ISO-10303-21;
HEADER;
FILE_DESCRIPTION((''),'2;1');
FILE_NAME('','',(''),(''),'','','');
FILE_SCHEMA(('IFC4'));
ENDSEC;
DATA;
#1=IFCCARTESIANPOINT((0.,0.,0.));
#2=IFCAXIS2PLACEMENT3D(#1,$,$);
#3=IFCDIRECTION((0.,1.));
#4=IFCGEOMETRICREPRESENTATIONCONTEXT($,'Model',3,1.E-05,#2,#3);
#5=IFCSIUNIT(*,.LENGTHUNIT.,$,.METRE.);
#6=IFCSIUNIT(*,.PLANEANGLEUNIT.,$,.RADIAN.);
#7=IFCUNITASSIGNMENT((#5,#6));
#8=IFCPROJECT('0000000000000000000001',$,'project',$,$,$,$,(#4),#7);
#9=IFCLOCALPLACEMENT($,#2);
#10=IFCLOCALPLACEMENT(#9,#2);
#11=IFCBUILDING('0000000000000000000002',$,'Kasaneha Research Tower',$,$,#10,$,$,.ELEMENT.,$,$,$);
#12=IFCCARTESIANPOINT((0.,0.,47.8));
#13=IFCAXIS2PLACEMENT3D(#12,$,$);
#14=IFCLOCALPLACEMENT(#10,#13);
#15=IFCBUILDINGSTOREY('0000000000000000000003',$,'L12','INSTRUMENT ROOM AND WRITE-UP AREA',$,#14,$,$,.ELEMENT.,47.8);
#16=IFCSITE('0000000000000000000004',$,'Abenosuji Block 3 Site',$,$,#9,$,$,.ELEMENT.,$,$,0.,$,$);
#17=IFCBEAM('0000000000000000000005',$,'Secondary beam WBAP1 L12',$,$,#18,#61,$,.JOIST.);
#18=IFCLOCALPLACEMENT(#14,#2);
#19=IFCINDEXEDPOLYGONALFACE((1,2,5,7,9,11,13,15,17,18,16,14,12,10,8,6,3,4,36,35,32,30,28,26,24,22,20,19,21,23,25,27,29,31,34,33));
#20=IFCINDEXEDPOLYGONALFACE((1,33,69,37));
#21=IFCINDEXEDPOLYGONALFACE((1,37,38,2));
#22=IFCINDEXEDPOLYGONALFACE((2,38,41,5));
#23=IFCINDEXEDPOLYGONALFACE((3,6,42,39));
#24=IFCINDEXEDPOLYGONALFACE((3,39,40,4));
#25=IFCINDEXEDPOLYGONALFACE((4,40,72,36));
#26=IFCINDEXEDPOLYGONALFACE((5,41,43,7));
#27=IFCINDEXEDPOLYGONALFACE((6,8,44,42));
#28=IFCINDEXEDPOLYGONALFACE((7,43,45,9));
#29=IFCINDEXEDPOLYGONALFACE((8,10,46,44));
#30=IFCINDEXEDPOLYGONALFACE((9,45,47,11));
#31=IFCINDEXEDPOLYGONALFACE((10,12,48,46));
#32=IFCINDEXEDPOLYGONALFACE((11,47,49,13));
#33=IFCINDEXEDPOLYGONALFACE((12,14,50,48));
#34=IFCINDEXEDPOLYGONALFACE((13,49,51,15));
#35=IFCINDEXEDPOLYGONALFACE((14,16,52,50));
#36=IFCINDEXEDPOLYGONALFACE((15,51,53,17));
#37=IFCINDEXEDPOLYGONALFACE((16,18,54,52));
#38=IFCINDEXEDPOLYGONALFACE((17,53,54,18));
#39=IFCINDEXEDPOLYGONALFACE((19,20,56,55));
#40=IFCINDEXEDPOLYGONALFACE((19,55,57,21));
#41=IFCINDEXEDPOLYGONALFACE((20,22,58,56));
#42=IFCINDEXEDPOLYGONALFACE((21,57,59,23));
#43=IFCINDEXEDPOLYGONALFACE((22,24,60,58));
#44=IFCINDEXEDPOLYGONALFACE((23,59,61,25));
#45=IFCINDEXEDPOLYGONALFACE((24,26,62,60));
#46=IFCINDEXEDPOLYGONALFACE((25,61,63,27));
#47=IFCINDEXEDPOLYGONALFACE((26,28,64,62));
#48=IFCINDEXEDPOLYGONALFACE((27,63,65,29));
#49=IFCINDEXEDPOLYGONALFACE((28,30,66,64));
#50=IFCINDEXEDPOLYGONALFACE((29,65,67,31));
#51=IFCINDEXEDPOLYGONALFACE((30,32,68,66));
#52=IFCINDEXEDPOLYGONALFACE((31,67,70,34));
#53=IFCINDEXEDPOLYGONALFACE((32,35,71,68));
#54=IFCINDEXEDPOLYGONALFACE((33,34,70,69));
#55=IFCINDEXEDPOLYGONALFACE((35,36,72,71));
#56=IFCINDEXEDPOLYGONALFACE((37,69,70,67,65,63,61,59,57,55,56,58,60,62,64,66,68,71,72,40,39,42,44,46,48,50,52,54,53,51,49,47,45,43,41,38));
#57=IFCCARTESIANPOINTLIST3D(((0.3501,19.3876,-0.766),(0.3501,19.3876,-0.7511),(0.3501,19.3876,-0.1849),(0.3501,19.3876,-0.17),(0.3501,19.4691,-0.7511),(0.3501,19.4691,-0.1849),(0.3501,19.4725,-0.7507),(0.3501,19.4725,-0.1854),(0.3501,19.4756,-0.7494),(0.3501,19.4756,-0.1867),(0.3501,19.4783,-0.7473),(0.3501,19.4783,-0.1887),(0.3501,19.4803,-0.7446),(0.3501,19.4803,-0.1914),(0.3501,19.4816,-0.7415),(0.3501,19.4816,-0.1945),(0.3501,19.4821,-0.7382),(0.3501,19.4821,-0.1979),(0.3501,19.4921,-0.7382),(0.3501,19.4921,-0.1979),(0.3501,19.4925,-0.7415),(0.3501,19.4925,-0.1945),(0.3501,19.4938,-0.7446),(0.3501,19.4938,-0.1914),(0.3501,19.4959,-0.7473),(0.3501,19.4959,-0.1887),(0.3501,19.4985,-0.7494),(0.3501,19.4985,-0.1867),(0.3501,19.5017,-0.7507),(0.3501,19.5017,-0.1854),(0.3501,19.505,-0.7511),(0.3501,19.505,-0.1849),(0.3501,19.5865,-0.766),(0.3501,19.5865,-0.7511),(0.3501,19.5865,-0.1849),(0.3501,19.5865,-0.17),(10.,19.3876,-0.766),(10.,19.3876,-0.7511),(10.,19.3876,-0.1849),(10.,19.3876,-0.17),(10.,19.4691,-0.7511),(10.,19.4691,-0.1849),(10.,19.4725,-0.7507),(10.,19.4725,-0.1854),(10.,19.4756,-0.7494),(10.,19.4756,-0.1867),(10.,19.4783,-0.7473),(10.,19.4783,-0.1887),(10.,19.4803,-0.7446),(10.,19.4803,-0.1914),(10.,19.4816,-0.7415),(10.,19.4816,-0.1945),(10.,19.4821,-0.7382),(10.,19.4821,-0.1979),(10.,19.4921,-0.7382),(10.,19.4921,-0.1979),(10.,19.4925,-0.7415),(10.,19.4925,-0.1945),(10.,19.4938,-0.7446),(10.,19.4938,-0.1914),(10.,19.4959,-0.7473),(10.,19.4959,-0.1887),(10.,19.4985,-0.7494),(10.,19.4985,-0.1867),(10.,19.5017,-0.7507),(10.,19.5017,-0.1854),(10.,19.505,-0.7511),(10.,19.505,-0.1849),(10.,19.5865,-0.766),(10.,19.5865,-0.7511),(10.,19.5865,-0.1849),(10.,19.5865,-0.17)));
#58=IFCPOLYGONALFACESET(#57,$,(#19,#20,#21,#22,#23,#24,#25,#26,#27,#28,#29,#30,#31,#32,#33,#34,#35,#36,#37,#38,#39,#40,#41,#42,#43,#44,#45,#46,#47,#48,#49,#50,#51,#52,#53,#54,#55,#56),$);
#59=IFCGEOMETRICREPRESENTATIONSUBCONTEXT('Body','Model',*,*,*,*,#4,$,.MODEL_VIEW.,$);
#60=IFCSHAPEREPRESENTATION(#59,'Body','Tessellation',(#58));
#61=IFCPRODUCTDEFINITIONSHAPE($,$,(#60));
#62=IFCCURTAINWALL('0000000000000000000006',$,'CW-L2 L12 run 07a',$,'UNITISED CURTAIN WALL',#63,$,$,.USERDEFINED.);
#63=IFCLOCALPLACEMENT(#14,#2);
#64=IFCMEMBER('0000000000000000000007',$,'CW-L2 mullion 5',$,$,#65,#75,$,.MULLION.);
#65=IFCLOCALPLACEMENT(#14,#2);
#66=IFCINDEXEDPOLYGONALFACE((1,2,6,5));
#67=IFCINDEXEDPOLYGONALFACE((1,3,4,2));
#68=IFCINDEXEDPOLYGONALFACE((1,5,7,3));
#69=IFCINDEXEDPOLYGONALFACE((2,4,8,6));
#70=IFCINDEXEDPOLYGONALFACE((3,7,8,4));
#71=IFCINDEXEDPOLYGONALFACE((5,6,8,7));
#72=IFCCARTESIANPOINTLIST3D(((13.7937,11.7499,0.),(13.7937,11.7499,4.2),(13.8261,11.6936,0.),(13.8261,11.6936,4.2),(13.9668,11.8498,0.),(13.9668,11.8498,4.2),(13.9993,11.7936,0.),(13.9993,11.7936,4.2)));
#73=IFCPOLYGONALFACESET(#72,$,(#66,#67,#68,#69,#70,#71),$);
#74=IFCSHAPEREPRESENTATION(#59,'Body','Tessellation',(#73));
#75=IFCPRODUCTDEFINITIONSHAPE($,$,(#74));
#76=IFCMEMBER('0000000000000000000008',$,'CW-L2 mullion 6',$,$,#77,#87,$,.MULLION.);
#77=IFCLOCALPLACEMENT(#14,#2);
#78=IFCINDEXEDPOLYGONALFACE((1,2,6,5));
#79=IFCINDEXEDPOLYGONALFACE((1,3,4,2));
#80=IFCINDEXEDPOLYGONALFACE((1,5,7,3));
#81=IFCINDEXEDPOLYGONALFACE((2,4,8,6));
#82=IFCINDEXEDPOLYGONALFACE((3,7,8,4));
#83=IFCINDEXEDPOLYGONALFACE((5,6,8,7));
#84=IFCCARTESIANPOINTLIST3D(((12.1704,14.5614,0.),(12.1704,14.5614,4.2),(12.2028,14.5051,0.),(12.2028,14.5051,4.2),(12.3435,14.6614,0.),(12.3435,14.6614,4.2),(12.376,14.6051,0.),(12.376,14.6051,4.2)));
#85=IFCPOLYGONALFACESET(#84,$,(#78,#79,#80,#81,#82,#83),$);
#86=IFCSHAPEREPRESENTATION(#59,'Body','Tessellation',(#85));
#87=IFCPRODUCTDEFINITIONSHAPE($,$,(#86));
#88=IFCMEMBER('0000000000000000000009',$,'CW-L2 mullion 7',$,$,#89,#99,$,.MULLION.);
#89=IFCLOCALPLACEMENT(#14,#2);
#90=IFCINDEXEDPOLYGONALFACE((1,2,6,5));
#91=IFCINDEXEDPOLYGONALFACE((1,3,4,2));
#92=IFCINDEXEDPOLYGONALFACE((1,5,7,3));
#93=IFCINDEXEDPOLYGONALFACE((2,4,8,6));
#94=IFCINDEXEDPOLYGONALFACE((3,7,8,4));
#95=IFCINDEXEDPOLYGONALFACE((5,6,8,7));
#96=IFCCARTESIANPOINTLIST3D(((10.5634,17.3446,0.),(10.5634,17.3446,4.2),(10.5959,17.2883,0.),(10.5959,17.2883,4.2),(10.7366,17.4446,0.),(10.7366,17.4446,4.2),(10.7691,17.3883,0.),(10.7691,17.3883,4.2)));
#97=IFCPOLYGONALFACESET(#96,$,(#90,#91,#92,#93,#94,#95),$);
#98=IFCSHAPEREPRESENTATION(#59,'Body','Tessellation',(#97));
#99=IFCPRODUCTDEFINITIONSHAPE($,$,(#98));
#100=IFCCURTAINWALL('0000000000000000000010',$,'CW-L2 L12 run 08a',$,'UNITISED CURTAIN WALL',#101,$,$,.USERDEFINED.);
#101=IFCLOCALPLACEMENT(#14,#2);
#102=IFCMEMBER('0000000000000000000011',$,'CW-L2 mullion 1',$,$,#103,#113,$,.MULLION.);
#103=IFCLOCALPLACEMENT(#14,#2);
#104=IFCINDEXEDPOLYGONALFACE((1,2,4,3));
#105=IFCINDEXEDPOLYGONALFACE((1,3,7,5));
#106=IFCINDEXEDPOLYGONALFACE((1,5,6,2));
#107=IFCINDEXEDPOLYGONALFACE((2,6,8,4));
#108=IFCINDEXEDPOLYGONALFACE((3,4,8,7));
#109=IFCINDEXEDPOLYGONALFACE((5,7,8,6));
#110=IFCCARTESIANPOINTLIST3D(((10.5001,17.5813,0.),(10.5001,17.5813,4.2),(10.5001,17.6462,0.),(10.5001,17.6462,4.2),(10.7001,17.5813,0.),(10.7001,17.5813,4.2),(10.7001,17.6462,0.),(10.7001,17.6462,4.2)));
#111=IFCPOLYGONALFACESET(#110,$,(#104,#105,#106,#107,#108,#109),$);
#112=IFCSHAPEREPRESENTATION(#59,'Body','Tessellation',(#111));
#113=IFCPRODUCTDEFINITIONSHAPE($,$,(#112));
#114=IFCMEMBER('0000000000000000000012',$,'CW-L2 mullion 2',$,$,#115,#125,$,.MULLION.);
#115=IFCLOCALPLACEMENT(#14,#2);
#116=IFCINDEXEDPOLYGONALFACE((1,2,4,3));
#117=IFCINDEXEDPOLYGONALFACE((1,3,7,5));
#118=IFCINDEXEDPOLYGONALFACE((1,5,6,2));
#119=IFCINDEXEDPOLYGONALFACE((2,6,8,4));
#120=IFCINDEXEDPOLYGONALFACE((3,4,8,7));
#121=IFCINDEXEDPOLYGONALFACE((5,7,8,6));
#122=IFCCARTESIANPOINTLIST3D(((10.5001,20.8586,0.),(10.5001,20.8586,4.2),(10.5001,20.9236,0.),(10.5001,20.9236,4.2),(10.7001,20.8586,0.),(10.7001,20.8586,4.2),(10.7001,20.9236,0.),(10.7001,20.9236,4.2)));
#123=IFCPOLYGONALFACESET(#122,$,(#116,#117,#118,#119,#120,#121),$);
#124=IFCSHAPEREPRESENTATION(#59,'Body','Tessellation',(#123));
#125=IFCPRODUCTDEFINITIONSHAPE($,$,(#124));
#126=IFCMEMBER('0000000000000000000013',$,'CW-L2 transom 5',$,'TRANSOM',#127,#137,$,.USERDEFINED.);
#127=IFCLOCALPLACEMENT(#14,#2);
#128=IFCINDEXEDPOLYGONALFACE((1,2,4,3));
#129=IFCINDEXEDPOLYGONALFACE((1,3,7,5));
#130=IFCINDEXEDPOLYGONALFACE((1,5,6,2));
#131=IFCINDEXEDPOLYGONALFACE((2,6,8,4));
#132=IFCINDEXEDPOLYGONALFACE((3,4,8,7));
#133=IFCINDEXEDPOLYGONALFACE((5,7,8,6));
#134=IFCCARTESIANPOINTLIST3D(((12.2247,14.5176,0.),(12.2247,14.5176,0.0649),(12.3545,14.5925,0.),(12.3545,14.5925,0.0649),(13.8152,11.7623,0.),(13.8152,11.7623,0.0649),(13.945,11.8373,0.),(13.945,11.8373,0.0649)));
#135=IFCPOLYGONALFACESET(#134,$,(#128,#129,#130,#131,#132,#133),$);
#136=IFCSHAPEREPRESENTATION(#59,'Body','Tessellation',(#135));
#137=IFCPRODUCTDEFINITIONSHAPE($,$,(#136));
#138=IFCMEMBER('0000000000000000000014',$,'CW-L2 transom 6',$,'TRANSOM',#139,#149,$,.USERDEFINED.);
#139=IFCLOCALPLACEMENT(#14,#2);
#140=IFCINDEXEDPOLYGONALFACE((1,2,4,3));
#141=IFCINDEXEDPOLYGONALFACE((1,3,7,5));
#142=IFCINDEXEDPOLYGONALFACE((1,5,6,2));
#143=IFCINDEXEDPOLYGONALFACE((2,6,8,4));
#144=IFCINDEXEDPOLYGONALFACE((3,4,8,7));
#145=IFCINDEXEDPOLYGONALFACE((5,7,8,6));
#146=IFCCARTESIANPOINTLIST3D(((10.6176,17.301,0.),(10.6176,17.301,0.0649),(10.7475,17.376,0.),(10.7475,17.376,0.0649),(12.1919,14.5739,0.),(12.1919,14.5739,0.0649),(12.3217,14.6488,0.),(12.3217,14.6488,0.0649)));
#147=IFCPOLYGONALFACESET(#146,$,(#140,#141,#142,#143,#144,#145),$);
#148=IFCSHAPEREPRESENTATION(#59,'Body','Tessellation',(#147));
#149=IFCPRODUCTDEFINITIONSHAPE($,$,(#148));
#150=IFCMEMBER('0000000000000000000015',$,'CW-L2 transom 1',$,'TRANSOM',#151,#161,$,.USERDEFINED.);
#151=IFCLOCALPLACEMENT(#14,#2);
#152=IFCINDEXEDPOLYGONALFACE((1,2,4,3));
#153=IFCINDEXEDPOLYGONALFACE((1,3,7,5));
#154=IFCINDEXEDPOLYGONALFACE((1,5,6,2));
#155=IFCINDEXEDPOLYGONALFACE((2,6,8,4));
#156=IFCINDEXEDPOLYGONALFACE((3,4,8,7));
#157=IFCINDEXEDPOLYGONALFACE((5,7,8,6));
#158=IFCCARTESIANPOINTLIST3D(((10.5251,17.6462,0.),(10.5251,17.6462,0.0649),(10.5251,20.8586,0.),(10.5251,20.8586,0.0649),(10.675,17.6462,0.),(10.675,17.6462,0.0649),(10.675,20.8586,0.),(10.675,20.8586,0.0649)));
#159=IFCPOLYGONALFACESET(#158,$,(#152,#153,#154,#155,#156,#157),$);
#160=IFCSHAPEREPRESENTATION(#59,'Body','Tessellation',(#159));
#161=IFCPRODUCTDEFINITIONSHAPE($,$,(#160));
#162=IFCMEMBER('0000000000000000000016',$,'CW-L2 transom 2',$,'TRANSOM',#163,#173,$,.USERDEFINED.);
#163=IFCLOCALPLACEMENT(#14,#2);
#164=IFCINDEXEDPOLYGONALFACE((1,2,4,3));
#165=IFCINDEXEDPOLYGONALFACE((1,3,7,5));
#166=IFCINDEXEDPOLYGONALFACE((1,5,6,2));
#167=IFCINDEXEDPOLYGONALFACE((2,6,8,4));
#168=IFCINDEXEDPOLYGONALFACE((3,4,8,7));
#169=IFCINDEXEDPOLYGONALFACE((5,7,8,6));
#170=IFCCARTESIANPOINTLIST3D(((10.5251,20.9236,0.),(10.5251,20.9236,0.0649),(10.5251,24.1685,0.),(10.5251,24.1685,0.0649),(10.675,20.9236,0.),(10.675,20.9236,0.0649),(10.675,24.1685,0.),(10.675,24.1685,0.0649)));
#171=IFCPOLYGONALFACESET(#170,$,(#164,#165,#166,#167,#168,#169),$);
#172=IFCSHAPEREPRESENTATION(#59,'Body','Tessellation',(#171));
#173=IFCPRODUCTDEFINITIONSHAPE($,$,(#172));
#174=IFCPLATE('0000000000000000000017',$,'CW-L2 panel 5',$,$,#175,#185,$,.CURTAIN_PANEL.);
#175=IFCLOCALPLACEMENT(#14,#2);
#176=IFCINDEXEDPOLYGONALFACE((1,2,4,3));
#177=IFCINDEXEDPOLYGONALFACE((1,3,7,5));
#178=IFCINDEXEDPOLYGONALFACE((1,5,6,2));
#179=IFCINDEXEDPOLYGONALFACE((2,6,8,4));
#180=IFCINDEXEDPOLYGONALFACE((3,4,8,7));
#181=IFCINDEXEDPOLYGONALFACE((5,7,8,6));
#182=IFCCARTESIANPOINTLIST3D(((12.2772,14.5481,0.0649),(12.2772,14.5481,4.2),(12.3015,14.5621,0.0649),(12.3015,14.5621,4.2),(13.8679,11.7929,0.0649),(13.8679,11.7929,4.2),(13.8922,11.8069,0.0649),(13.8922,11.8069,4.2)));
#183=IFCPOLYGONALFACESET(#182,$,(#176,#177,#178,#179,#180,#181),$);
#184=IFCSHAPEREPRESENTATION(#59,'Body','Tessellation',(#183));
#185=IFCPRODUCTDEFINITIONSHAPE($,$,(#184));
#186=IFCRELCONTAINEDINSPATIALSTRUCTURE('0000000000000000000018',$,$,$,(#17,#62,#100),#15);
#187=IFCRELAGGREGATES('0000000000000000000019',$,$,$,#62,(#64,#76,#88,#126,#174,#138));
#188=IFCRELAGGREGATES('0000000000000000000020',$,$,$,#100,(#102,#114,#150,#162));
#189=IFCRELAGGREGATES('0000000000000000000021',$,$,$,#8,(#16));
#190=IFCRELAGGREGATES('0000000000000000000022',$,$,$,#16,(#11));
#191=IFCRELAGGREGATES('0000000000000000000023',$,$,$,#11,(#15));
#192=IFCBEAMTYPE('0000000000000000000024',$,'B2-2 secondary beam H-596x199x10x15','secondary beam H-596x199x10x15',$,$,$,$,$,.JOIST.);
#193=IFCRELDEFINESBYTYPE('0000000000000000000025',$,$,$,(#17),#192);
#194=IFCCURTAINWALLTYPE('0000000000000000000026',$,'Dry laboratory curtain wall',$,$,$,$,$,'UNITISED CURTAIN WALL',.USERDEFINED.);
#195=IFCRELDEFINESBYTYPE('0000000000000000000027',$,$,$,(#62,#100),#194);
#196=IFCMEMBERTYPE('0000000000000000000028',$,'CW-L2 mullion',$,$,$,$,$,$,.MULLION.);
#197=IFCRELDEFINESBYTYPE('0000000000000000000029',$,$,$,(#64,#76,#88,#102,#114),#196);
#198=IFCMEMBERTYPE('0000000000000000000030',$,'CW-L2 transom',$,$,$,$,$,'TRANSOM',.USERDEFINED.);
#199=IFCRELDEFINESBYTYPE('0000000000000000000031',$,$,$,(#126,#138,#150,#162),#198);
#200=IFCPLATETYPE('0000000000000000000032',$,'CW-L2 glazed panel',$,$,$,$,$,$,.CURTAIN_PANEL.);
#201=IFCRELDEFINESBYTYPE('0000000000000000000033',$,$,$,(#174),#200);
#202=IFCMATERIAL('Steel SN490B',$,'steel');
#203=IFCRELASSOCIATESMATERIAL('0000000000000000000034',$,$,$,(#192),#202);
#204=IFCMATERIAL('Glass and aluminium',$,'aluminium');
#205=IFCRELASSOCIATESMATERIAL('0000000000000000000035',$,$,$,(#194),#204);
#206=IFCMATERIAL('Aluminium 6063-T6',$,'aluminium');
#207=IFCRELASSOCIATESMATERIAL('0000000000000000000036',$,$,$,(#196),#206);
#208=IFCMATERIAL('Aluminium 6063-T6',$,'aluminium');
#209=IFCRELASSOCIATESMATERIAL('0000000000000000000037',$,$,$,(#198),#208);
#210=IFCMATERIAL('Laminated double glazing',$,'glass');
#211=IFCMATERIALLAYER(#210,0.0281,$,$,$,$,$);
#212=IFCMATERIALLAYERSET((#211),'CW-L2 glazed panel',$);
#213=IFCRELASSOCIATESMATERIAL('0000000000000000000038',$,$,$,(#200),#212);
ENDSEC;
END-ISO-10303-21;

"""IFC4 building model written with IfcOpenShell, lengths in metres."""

from ifc_helpers import new_model, si_unit, direction, frame, origin, origin_2d, place, context, subcontext, project, spatial, rectangle, i_section, extrude, material, layer, layer_set, material_profile, profile_set, type_object, element, aggregate, save


model = new_model("IFC4")

# Units and contexts
model_context = context("Model", 3, precision=1e-05, world=origin(), true_north=direction((0.0, 1.0)))
body_context = subcontext(model_context, "Body", "Model", "MODEL_VIEW")
ifc_project = project(units=[si_unit("LENGTHUNIT", "METRE"), si_unit("PLANEANGLEUNIT", "RADIAN")], contexts=[model_context])

# Site, building, storey
site_placement = place(None, origin())
site = spatial("IfcSite", under=ifc_project, at=site_placement, Name="Abenosuji Block 3 Site", CompositionType="ELEMENT", RefElevation=0.0)
building_placement = place(site_placement, origin())
building = spatial("IfcBuilding", under=site, at=building_placement, Name="Kasaneha Research Tower", CompositionType="ELEMENT")
storey_placement = place(building_placement, frame((0.0, 0.0, 47.8)))
storey = spatial("IfcBuildingStorey", under=building, at=storey_placement, Name="L12", Description="INSTRUMENT ROOM AND WRITE-UP AREA", CompositionType="ELEMENT", Elevation=47.8)

# Beam
ifc_material_1 = material(Name="Steel SN490B", Category="steel")
ifc_material_profile_1 = material_profile(ifc_material_1, i_section(OverallWidth=0.199, OverallDepth=0.5959, WebThickness=0.01, FlangeThickness=0.0149, FilletRadius=0.0129, at=origin_2d()), Name="H-596x199x10x15")
ifc_profile_set_1 = profile_set([ifc_material_profile_1], Name="Steel SN490B")
beam_type = type_object("IfcBeamType", Name="B2-2 secondary beam H-596x199x10x15", Description="secondary beam H-596x199x10x15", PredefinedType="JOIST", material=ifc_profile_set_1)
beam_placement = place(storey_placement, frame((10.0, 19.4871, -0.468), z_axis=(-1.0, 0.0, 0.0), x_axis=(0.0, -1.0, 0.0)))
element("IfcBeam", 1, at=beam_placement, inside=storey, type_object=beam_type, Name="Secondary beam WBAP1 L12", PredefinedType="JOIST", context=body_context, shape_type="SweptSolid", body=[
    extrude(i_section(OverallWidth=0.199, OverallDepth=0.5959, WebThickness=0.01, FlangeThickness=0.0149, FilletRadius=0.0129, at=origin_2d()), origin(), (0.0, 0.0, 1.0), 9.6499),
])

# Curtain walls, members
ifc_material_2 = material(Name="Glass and aluminium", Category="aluminium")
curtain_wall_type = type_object("IfcCurtainWallType", Name="Dry laboratory curtain wall", ElementType="UNITISED CURTAIN WALL", PredefinedType="USERDEFINED", material=ifc_material_2)
curtain_wall_1_placement = place(storey_placement, origin())
curtain_wall_1 = element("IfcCurtainWall", 2, at=curtain_wall_1_placement, inside=storey, type_object=curtain_wall_type, Name="CW-L2 L12 run 07a", ObjectType="UNITISED CURTAIN WALL", PredefinedType="USERDEFINED")
ifc_material_3 = material(Name="Aluminium 6063-T6", Category="aluminium")
ifc_material_profile_2 = material_profile(ifc_material_3, rectangle(XDim=0.0649, YDim=0.2, at=origin_2d()), Name="CW-L2 mullion 65x200")
ifc_profile_set_2 = profile_set([ifc_material_profile_2], Name="Aluminium 6063-T6")
member_type_1 = type_object("IfcMemberType", Name="CW-L2 mullion", PredefinedType="MULLION", material=ifc_profile_set_2)
member_1_placement = place(storey_placement, frame((13.8965, 11.7717, 0.0), z_axis=(0.0, 0.0, 1.0), x_axis=(-0.5, 0.866025, 0.0)))
member_1 = element("IfcMember", 3, at=member_1_placement, type_object=member_type_1, Name="CW-L2 mullion 5", PredefinedType="MULLION", context=body_context, shape_type="SweptSolid", body=[
    extrude(rectangle(XDim=0.0649, YDim=0.2, at=origin_2d()), origin(), (0.0, 0.0, 1.0), 4.2),
])
member_2_placement = place(storey_placement, frame((12.2732, 14.5833, 0.0), z_axis=(0.0, 0.0, 1.0), x_axis=(-0.5, 0.866025, 0.0)))
member_2 = element("IfcMember", 4, at=member_2_placement, type_object=member_type_1, Name="CW-L2 mullion 6", PredefinedType="MULLION", context=body_context, shape_type="SweptSolid", body=[
    extrude(rectangle(XDim=0.0649, YDim=0.2, at=origin_2d()), origin(), (0.0, 0.0, 1.0), 4.2),
])
member_3_placement = place(storey_placement, frame((10.6663, 17.3665, 0.0), z_axis=(0.0, 0.0, 1.0), x_axis=(-0.5, 0.866025, 0.0)))
member_3 = element("IfcMember", 5, at=member_3_placement, type_object=member_type_1, Name="CW-L2 mullion 7", PredefinedType="MULLION", context=body_context, shape_type="SweptSolid", body=[
    extrude(rectangle(XDim=0.0649, YDim=0.2, at=origin_2d()), origin(), (0.0, 0.0, 1.0), 4.2),
])
curtain_wall_2_placement = place(storey_placement, origin())
curtain_wall_2 = element("IfcCurtainWall", 6, at=curtain_wall_2_placement, inside=storey, type_object=curtain_wall_type, Name="CW-L2 L12 run 08a", ObjectType="UNITISED CURTAIN WALL", PredefinedType="USERDEFINED")
member_4_placement = place(storey_placement, frame((10.6001, 17.6138, 0.0), z_axis=(0.0, 0.0, 1.0), x_axis=(0.0, 1.0, 0.0)))
member_4 = element("IfcMember", 7, at=member_4_placement, type_object=member_type_1, Name="CW-L2 mullion 1", PredefinedType="MULLION", context=body_context, shape_type="SweptSolid", body=[
    extrude(rectangle(XDim=0.0649, YDim=0.2, at=origin_2d()), origin(), (0.0, 0.0, 1.0), 4.2),
])
member_5_placement = place(storey_placement, frame((10.6001, 20.8911, 0.0), z_axis=(0.0, 0.0, 1.0), x_axis=(0.0, 1.0, 0.0)))
member_5 = element("IfcMember", 8, at=member_5_placement, type_object=member_type_1, Name="CW-L2 mullion 2", PredefinedType="MULLION", context=body_context, shape_type="SweptSolid", body=[
    extrude(rectangle(XDim=0.0649, YDim=0.2, at=origin_2d()), origin(), (0.0, 0.0, 1.0), 4.2),
])

# Members
ifc_material_4 = material(Name="Aluminium 6063-T6", Category="aluminium")
ifc_material_profile_3 = material_profile(ifc_material_4, rectangle(XDim=0.1499, YDim=0.0649, at=origin_2d()), Name="CW-L2 transom 150x65")
ifc_profile_set_3 = profile_set([ifc_material_profile_3], Name="Aluminium 6063-T6")
member_type_2 = type_object("IfcMemberType", Name="CW-L2 transom", ElementType="TRANSOM", PredefinedType="USERDEFINED", material=ifc_profile_set_3)
member_6_placement = place(storey_placement, frame((13.8801, 11.7998, 0.0325), z_axis=(-0.499944, 0.866058, 0.0), x_axis=(-0.866058, -0.499944, 0.0)))
member_6 = element("IfcMember", 9, at=member_6_placement, type_object=member_type_2, Name="CW-L2 transom 5", ObjectType="TRANSOM", PredefinedType="USERDEFINED", context=body_context, shape_type="SweptSolid", body=[
    extrude(rectangle(XDim=0.1499, YDim=0.0649, at=origin_2d()), origin(), (0.0, 0.0, 1.0), 3.1814),
])
member_7_placement = place(storey_placement, frame((12.2568, 14.6113, 0.0325), z_axis=(-0.499942, 0.866059, 0.0), x_axis=(-0.866059, -0.499942, 0.0)))
member_7 = element("IfcMember", 10, at=member_7_placement, type_object=member_type_2, Name="CW-L2 transom 6", ObjectType="TRANSOM", PredefinedType="USERDEFINED", context=body_context, shape_type="SweptSolid", body=[
    extrude(rectangle(XDim=0.1499, YDim=0.0649, at=origin_2d()), origin(), (0.0, 0.0, 1.0), 3.1489),
])
member_8_placement = place(storey_placement, frame((10.6001, 17.6462, 0.0325), z_axis=(0.0, 1.0, 0.0), x_axis=(-1.0, 0.0, 0.0)))
member_8 = element("IfcMember", 11, at=member_8_placement, type_object=member_type_2, Name="CW-L2 transom 1", ObjectType="TRANSOM", PredefinedType="USERDEFINED", context=body_context, shape_type="SweptSolid", body=[
    extrude(rectangle(XDim=0.1499, YDim=0.0649, at=origin_2d()), origin(), (0.0, 0.0, 1.0), 3.2124),
])
member_9_placement = place(storey_placement, frame((10.6001, 20.9236, 0.0325), z_axis=(0.0, 1.0, 0.0), x_axis=(-1.0, 0.0, 0.0)))
member_9 = element("IfcMember", 12, at=member_9_placement, type_object=member_type_2, Name="CW-L2 transom 2", ObjectType="TRANSOM", PredefinedType="USERDEFINED", context=body_context, shape_type="SweptSolid", body=[
    extrude(rectangle(XDim=0.1499, YDim=0.0649, at=origin_2d()), origin(), (0.0, 0.0, 1.0), 3.2449),
])

# Plate
ifc_material_5 = material(Name="Laminated double glazing", Category="glass")
ifc_layer_1 = layer(ifc_material_5, 0.0281)
ifc_layer_set_1 = layer_set([ifc_layer_1], Name="CW-L2 glazed panel")
plate_type = type_object("IfcPlateType", Name="CW-L2 glazed panel", PredefinedType="CURTAIN_PANEL", material=ifc_layer_set_1)
plate_1_placement = place(storey_placement, frame((13.0847, 13.1775, 0.0649), z_axis=(0.0, 0.0, 1.0), x_axis=(-0.5, 0.866025, 0.0)))
plate_1 = element("IfcPlate", 13, at=plate_1_placement, type_object=plate_type, Name="CW-L2 panel 5", PredefinedType="CURTAIN_PANEL", context=body_context, shape_type="SweptSolid", body=[
    extrude(rectangle(XDim=3.1814, YDim=0.0281, at=origin_2d()), origin(), (0.0, 0.0, 1.0), 4.135),
])
aggregate(curtain_wall_1, [member_1, member_2, member_3, member_6, plate_1, member_7])
aggregate(curtain_wall_2, [member_4, member_5, member_8, member_9])

save(model, "model.ifc")
